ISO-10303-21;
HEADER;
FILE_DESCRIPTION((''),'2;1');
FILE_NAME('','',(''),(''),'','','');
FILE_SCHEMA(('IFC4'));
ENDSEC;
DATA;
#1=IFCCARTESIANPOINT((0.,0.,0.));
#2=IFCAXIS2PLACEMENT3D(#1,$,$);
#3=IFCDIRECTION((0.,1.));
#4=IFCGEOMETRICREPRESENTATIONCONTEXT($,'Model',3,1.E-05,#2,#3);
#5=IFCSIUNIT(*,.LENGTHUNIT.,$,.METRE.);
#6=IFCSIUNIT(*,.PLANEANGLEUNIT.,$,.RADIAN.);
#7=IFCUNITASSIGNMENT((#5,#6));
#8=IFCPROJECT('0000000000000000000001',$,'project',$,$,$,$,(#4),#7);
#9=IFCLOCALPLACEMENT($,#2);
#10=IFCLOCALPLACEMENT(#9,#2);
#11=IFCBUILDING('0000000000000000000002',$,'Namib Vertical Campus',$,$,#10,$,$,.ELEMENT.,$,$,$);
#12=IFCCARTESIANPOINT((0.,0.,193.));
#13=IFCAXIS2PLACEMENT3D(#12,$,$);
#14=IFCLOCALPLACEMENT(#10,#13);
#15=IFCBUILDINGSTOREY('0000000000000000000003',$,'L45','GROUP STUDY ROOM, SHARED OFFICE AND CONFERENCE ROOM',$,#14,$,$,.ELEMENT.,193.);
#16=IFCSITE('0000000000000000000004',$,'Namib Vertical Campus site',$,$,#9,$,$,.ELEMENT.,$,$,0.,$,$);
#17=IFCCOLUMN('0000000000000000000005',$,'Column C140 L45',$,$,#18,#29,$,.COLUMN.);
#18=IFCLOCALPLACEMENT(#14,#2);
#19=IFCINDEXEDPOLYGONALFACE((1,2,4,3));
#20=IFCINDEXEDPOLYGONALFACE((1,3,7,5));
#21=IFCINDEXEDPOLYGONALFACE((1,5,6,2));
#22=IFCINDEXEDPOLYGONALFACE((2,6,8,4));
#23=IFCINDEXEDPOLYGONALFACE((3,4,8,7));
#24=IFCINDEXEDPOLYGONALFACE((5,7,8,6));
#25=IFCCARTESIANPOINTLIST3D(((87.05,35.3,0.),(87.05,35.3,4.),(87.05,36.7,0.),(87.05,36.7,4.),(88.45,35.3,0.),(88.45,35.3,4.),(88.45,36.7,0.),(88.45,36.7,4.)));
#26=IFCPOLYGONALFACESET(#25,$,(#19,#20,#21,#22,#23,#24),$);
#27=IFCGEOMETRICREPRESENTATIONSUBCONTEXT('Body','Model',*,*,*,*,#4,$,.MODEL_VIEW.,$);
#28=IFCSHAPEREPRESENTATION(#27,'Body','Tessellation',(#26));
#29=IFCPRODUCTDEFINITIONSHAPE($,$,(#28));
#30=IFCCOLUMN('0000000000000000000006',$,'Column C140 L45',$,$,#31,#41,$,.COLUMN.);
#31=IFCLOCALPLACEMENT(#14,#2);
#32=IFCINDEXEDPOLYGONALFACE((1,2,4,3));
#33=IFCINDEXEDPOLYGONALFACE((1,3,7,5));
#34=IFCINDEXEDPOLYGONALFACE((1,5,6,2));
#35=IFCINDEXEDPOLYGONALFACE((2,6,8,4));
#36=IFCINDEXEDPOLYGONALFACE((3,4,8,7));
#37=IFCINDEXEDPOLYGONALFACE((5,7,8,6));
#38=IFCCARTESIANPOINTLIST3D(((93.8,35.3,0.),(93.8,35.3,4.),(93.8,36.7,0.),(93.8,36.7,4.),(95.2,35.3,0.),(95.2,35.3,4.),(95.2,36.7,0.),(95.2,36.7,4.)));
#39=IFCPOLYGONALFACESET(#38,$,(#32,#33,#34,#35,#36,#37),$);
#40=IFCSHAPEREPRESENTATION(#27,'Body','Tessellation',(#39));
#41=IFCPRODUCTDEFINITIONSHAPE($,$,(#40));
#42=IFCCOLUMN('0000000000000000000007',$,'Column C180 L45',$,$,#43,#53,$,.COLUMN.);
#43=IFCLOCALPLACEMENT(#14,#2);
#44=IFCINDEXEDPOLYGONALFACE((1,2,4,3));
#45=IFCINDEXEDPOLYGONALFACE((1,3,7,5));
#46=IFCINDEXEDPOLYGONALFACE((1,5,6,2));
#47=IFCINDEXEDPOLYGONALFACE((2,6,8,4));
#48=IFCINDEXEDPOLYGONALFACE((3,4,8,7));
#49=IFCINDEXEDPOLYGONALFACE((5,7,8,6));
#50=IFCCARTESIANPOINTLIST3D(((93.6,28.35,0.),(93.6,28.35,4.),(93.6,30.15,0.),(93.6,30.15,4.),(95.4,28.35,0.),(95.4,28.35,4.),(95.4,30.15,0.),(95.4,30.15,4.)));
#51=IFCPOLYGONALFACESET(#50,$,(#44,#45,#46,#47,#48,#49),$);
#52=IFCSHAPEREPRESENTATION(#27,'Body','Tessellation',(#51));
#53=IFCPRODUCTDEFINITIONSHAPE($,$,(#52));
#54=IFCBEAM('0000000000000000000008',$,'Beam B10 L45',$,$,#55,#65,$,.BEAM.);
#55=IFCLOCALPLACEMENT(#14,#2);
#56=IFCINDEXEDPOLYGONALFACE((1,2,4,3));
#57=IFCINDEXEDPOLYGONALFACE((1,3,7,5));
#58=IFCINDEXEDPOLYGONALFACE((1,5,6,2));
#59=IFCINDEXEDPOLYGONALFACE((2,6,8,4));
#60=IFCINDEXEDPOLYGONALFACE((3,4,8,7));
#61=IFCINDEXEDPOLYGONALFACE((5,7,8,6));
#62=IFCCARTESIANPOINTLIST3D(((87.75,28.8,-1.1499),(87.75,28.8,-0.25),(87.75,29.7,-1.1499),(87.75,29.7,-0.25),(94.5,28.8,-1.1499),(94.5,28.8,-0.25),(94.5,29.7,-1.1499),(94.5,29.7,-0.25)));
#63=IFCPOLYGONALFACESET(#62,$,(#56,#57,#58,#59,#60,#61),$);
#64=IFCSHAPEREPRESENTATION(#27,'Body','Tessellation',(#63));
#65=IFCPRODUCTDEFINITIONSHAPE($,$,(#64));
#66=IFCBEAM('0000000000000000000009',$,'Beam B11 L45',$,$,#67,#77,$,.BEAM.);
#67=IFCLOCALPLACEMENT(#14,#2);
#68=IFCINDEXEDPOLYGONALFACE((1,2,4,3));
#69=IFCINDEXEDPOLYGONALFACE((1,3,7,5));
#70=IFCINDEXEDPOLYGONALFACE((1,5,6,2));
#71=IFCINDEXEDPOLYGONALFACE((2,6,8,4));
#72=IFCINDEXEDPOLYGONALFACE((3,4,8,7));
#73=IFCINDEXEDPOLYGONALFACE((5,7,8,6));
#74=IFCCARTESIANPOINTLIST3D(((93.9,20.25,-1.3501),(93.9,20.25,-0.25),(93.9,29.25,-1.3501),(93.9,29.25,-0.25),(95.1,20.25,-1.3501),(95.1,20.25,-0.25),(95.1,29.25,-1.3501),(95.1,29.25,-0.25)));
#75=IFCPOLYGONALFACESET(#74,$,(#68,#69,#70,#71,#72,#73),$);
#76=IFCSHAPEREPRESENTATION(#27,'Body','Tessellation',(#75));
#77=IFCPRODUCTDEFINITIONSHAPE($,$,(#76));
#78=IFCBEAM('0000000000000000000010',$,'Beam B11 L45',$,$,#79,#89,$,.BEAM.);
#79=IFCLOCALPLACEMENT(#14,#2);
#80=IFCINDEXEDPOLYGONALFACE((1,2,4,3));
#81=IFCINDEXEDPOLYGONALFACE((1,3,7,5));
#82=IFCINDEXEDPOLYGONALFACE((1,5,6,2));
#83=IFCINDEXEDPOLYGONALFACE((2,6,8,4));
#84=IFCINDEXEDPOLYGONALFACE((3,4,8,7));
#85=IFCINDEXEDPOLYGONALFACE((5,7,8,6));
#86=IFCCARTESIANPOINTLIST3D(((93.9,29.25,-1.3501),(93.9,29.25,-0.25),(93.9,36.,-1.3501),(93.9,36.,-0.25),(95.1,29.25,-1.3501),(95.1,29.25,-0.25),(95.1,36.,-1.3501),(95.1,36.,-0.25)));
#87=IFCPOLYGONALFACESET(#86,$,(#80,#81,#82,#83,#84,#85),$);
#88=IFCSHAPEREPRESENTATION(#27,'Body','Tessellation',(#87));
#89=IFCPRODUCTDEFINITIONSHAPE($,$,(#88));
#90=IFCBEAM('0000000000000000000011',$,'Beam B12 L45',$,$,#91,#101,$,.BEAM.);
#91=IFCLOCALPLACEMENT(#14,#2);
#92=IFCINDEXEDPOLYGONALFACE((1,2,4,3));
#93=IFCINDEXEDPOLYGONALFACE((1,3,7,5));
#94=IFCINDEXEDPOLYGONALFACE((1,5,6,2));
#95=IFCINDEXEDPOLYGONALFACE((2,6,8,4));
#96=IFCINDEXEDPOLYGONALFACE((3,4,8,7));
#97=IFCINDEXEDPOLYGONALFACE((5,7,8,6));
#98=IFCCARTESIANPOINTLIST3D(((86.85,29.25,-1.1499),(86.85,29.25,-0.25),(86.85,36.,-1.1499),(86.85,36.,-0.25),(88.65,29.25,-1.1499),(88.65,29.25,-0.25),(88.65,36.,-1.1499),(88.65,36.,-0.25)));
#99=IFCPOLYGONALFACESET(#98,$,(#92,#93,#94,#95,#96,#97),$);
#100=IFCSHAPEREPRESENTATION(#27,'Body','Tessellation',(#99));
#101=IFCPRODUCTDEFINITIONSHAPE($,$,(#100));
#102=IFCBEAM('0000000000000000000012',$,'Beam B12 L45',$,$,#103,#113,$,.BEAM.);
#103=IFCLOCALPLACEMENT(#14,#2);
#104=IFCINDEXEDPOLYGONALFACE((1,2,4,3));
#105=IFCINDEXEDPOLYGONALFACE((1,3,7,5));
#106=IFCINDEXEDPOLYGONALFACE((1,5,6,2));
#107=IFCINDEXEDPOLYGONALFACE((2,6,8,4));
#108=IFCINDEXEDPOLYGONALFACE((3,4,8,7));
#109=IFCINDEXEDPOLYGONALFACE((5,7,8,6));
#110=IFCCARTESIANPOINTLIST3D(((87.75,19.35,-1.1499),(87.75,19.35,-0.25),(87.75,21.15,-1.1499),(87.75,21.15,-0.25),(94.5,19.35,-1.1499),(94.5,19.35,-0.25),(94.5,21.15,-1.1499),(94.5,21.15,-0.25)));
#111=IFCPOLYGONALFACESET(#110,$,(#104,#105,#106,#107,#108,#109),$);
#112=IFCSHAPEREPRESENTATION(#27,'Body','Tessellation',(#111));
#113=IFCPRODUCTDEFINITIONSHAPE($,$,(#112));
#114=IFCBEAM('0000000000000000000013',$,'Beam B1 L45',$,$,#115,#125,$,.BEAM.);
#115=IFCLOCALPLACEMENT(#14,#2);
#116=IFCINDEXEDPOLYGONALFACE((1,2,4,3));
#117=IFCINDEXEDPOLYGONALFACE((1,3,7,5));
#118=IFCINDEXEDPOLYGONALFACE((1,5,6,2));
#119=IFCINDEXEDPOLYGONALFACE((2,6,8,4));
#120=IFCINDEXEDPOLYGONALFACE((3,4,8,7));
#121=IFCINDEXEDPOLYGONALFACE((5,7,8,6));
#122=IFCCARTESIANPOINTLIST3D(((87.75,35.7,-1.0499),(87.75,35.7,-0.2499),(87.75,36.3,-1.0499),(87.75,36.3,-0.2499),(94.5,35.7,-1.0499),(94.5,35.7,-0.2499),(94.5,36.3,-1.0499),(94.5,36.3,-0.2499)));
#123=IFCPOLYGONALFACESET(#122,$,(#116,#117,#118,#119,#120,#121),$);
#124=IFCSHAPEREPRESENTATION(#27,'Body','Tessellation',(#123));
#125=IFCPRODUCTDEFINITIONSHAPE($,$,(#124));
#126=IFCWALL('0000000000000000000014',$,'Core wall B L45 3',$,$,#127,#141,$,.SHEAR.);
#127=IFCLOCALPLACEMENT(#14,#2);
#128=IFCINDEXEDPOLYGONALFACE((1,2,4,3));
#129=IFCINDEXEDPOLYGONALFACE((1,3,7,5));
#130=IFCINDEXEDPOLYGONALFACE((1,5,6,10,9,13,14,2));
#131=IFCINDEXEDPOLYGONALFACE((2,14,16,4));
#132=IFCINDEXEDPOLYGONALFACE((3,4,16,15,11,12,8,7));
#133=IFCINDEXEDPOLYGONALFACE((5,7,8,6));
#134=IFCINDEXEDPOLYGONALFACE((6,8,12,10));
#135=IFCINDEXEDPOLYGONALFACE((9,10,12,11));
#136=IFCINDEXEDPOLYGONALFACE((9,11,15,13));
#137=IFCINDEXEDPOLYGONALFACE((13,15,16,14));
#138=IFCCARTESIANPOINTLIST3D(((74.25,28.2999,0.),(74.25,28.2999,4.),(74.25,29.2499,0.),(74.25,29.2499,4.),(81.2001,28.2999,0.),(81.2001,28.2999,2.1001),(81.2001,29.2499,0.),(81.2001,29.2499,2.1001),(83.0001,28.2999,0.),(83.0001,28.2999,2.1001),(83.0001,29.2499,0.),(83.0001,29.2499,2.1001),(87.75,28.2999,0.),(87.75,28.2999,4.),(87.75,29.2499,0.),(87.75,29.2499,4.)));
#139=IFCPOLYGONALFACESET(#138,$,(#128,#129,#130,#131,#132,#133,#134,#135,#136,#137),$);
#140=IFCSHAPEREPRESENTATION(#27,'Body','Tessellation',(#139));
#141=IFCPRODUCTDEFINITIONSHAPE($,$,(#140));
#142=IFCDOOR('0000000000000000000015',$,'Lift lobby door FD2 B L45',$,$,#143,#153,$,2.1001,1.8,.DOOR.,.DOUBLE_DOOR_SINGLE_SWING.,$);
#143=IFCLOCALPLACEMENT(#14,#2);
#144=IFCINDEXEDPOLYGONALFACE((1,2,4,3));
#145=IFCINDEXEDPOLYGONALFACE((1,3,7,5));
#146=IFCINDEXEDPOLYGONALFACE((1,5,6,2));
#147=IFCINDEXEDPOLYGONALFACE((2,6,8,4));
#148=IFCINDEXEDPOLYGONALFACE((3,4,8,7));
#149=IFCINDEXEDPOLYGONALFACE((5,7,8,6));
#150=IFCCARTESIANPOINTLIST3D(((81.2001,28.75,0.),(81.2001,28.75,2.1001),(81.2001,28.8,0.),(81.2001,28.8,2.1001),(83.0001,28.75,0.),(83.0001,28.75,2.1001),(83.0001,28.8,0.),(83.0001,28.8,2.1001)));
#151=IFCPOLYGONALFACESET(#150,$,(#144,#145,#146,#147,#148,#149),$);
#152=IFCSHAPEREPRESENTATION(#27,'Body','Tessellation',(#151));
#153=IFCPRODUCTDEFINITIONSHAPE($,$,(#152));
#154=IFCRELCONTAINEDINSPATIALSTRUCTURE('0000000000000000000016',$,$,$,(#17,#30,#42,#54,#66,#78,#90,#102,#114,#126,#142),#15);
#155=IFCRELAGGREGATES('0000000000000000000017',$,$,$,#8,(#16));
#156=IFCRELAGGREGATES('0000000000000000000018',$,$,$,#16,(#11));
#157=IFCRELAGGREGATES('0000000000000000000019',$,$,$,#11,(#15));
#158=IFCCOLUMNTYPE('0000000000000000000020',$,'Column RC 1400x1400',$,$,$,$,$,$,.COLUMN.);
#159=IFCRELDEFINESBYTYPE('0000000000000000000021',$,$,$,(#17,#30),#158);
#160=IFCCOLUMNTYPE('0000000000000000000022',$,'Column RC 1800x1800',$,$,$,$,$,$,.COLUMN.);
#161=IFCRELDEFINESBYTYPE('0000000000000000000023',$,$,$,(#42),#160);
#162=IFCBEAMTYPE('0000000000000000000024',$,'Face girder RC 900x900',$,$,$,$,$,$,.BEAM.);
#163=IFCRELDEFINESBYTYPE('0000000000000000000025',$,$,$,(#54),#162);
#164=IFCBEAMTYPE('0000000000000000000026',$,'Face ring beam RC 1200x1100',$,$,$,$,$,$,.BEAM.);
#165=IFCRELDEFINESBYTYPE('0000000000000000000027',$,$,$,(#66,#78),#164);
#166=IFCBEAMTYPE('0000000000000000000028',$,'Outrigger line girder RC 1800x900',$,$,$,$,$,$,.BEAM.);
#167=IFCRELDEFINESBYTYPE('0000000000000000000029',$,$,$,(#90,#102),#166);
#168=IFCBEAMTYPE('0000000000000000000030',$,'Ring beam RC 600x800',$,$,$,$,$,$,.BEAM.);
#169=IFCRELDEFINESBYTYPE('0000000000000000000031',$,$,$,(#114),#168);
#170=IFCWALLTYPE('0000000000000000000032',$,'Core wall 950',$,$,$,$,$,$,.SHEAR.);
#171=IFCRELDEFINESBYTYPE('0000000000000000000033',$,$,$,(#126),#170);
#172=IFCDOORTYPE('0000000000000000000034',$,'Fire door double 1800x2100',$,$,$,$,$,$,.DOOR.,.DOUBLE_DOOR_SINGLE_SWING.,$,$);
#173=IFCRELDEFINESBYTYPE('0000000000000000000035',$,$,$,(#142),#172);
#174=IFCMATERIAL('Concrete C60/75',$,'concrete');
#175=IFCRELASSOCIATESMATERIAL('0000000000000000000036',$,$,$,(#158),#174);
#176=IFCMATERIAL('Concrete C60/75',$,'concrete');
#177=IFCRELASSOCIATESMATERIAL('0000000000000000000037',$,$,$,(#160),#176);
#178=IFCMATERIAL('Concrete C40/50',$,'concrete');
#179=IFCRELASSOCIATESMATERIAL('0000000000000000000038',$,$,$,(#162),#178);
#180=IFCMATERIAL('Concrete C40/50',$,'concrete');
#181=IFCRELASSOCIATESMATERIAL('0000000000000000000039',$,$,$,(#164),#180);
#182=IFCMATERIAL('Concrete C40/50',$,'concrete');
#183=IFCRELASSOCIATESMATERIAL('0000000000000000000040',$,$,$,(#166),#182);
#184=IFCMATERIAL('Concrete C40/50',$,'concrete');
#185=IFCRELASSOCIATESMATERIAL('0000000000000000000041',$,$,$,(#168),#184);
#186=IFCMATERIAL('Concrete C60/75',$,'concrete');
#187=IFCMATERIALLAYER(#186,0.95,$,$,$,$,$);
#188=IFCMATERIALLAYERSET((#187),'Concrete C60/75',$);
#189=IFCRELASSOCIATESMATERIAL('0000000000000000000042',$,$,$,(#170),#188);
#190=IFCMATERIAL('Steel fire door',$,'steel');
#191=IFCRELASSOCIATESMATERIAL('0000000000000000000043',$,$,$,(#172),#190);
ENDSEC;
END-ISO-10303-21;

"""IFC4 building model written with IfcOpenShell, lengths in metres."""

from ifc_helpers import new_model, si_unit, direction, frame, frame_2d, origin, origin_2d, place, context, subcontext, project, spatial, rectangle, extrude, material, layer, layer_set, material_profile, profile_set, type_object, element, fill, save


model = new_model("IFC4")

# Units and contexts
model_context = context("Model", 3, precision=1e-05, world=origin(), true_north=direction((0.0, 1.0)))
body_context = subcontext(model_context, "Body", "Model", "MODEL_VIEW")
ifc_project = project(units=[si_unit("LENGTHUNIT", "METRE"), si_unit("PLANEANGLEUNIT", "RADIAN")], contexts=[model_context])

# Site, building, storey
site_placement = place(None, origin())
site = spatial("IfcSite", under=ifc_project, at=site_placement, Name="Namib Vertical Campus site", CompositionType="ELEMENT", RefElevation=0.0)
building_placement = place(site_placement, origin())
building = spatial("IfcBuilding", under=site, at=building_placement, Name="Namib Vertical Campus", CompositionType="ELEMENT")
storey_placement = place(building_placement, frame((0.0, 0.0, 193.0)))
storey = spatial("IfcBuildingStorey", under=building, at=storey_placement, Name="L45", Description="GROUP STUDY ROOM, SHARED OFFICE AND CONFERENCE ROOM", CompositionType="ELEMENT", Elevation=193.0)

# Columns
ifc_material_1 = material(Name="Concrete C60/75", Category="concrete")
ifc_material_profile_1 = material_profile(ifc_material_1, rectangle(XDim=1.3999, YDim=1.3999, at=origin_2d()))
ifc_profile_set_1 = profile_set([ifc_material_profile_1], Name="Concrete C60/75")
column_type_1 = type_object("IfcColumnType", Name="Column RC 1400x1400", PredefinedType="COLUMN", material=ifc_profile_set_1)
for number, where, z_axis, x_axis, name in (
    (1, (87.75, 36.0, 0.0), (0.0, 0.0, 1.0), (1.0, 0.0, 0.0), "Column C140 L45"),
    (2, (94.5, 36.0, 0.0), (0.0, 0.0, 1.0), (1.0, 0.0, 0.0), "Column C140 L45"),
):
    element("IfcColumn", number, at=place(storey_placement, frame(where, z_axis=z_axis, x_axis=x_axis)), inside=storey, type_object=column_type_1, Name=name, PredefinedType="COLUMN", context=body_context, shape_type="SweptSolid", body=[
        extrude(rectangle(XDim=1.3999, YDim=1.3999, at=origin_2d()), origin(), (0.0, 0.0, 1.0), 4.0),
    ])
ifc_material_2 = material(Name="Concrete C60/75", Category="concrete")
ifc_material_profile_2 = material_profile(ifc_material_2, rectangle(XDim=1.8, YDim=1.8, at=origin_2d()))
ifc_profile_set_2 = profile_set([ifc_material_profile_2], Name="Concrete C60/75")
column_type_2 = type_object("IfcColumnType", Name="Column RC 1800x1800", PredefinedType="COLUMN", material=ifc_profile_set_2)
column_placement = place(storey_placement, frame((94.5, 29.25, 0.0), z_axis=(0.0, 0.0, 1.0), x_axis=(1.0, 0.0, 0.0)))
element("IfcColumn", 3, at=column_placement, inside=storey, type_object=column_type_2, Name="Column C180 L45", PredefinedType="COLUMN", context=body_context, shape_type="SweptSolid", body=[
    extrude(rectangle(XDim=1.8, YDim=1.8, at=origin_2d()), origin(), (0.0, 0.0, 1.0), 4.0),
])

# Beams
ifc_material_3 = material(Name="Concrete C40/50", Category="concrete")
ifc_material_profile_3 = material_profile(ifc_material_3, rectangle(XDim=0.8999, YDim=0.8999, at=origin_2d()))
ifc_profile_set_3 = profile_set([ifc_material_profile_3], Name="Concrete C40/50")
beam_type_1 = type_object("IfcBeamType", Name="Face girder RC 900x900", PredefinedType="BEAM", material=ifc_profile_set_3)
beam_1_placement = place(storey_placement, frame((94.5, 29.25, -0.7), z_axis=(-1.0, 0.0, 0.0), x_axis=(0.0, -1.0, 0.0)))
element("IfcBeam", 4, at=beam_1_placement, inside=storey, type_object=beam_type_1, Name="Beam B10 L45", PredefinedType="BEAM", context=body_context, shape_type="SweptSolid", body=[
    extrude(rectangle(XDim=0.8999, YDim=0.8999, at=origin_2d()), origin(), (0.0, 0.0, 1.0), 6.75),
])
ifc_material_4 = material(Name="Concrete C40/50", Category="concrete")
ifc_material_profile_4 = material_profile(ifc_material_4, rectangle(XDim=1.2, YDim=1.1001, at=origin_2d()))
ifc_profile_set_4 = profile_set([ifc_material_profile_4], Name="Concrete C40/50")
beam_type_2 = type_object("IfcBeamType", Name="Face ring beam RC 1200x1100", PredefinedType="BEAM", material=ifc_profile_set_4)
beam_2_placement = place(storey_placement, frame((94.5, 20.25, -0.8), z_axis=(0.0, 1.0, 0.0), x_axis=(-1.0, 0.0, 0.0)))
element("IfcBeam", 5, at=beam_2_placement, inside=storey, type_object=beam_type_2, Name="Beam B11 L45", PredefinedType="BEAM", context=body_context, shape_type="SweptSolid", body=[
    extrude(rectangle(XDim=1.2, YDim=1.1001, at=origin_2d()), origin(), (0.0, 0.0, 1.0), 9.0),
])
beam_3_placement = place(storey_placement, frame((94.5, 29.25, -0.8), z_axis=(0.0, 1.0, 0.0), x_axis=(-1.0, 0.0, 0.0)))
element("IfcBeam", 6, at=beam_3_placement, inside=storey, type_object=beam_type_2, Name="Beam B11 L45", PredefinedType="BEAM", context=body_context, shape_type="SweptSolid", body=[
    extrude(rectangle(XDim=1.2, YDim=1.1001, at=origin_2d()), origin(), (0.0, 0.0, 1.0), 6.75),
])
ifc_material_5 = material(Name="Concrete C40/50", Category="concrete")
ifc_material_profile_5 = material_profile(ifc_material_5, rectangle(XDim=1.8, YDim=0.8999, at=origin_2d()))
ifc_profile_set_5 = profile_set([ifc_material_profile_5], Name="Concrete C40/50")
beam_type_3 = type_object("IfcBeamType", Name="Outrigger line girder RC 1800x900", PredefinedType="BEAM", material=ifc_profile_set_5)
for number, where, z_axis, x_axis, name in (
    (7, (87.75, 36.0, -0.7), (0.0, -1.0, 0.0), (1.0, 0.0, 0.0), "Beam B12 L45"),
    (8, (94.5, 20.25, -0.7), (-1.0, 0.0, 0.0), (0.0, -1.0, 0.0), "Beam B12 L45"),
):
    element("IfcBeam", number, at=place(storey_placement, frame(where, z_axis=z_axis, x_axis=x_axis)), inside=storey, type_object=beam_type_3, Name=name, PredefinedType="BEAM", context=body_context, shape_type="SweptSolid", body=[
        extrude(rectangle(XDim=1.8, YDim=0.8999, at=origin_2d()), origin(), (0.0, 0.0, 1.0), 6.75),
    ])
ifc_material_6 = material(Name="Concrete C40/50", Category="concrete")
ifc_material_profile_6 = material_profile(ifc_material_6, rectangle(XDim=0.6001, YDim=0.8, at=origin_2d()))
ifc_profile_set_6 = profile_set([ifc_material_profile_6], Name="Concrete C40/50")
beam_type_4 = type_object("IfcBeamType", Name="Ring beam RC 600x800", PredefinedType="BEAM", material=ifc_profile_set_6)
beam_4_placement = place(storey_placement, frame((87.75, 36.0, -0.6499), z_axis=(1.0, 0.0, 0.0), x_axis=(0.0, 1.0, 0.0)))
element("IfcBeam", 9, at=beam_4_placement, inside=storey, type_object=beam_type_4, Name="Beam B1 L45", PredefinedType="BEAM", context=body_context, shape_type="SweptSolid", body=[
    extrude(rectangle(XDim=0.6001, YDim=0.8, at=origin_2d()), origin(), (0.0, 0.0, 1.0), 6.75),
])

# Wall, opening, door
ifc_material_7 = material(Name="Concrete C60/75", Category="concrete")
ifc_layer_1 = layer(ifc_material_7, 0.95)
ifc_layer_set_1 = layer_set([ifc_layer_1], Name="Concrete C60/75")
wall_type_1 = type_object("IfcWallType", Name="Core wall 950", PredefinedType="SHEAR", material=ifc_layer_set_1)
wall_1_placement = place(storey_placement, frame((87.75, 28.7749, 0.0), z_axis=(0.0, 0.0, 1.0), x_axis=(-1.0, 0.0, 0.0)))
wall_1 = element("IfcWall", 10, at=wall_1_placement, inside=storey, type_object=wall_type_1, Name="Core wall B L45 3", PredefinedType="SHEAR", context=body_context, shape_type="SweptSolid", body=[
    extrude(rectangle(XDim=13.5, YDim=0.95, at=frame_2d((6.75, 0.0))), origin(), (0.0, 0.0, 1.0), 4.0),
])
opening_1_placement = place(wall_1_placement, frame((4.75, 0.0, 0.0)))
opening_1 = element("IfcOpeningElement", 11, at=opening_1_placement, cuts=wall_1, PredefinedType="OPENING", context=body_context, shape_type="SweptSolid", body=[
    extrude(rectangle(XDim=1.8, YDim=2.1001, at=frame_2d((0.8999, 1.05))), frame((0.0, 0.4849, 0.0), z_axis=(0.0, -1.0, 0.0), x_axis=(1.0, 0.0, 0.0)), (0.0, 0.0, 1.0), 0.97),
])
ifc_material_8 = material(Name="Steel fire door", Category="steel")
door_type_1 = type_object("IfcDoorType", Name="Fire door double 1800x2100", OperationType="DOUBLE_DOOR_SINGLE_SWING", PredefinedType="DOOR", material=ifc_material_8)
door_1_placement = place(opening_1_placement, origin())
door_1 = element("IfcDoor", 12, at=door_1_placement, inside=storey, type_object=door_type_1, Name="Lift lobby door FD2 B L45", OperationType="DOUBLE_DOOR_SINGLE_SWING", OverallHeight=2.1001, OverallWidth=1.8, PredefinedType="DOOR", context=body_context, shape_type="SweptSolid", body=[
    extrude(rectangle(XDim=1.8, YDim=2.1001, at=frame_2d((0.8999, 1.05))), frame((0.0, 0.0249, 0.0), z_axis=(0.0, -1.0, 0.0), x_axis=(1.0, 0.0, 0.0)), (0.0, 0.0, 1.0), 0.05),
])
fill(opening_1, door_1)

save(model, "model.ifc")
